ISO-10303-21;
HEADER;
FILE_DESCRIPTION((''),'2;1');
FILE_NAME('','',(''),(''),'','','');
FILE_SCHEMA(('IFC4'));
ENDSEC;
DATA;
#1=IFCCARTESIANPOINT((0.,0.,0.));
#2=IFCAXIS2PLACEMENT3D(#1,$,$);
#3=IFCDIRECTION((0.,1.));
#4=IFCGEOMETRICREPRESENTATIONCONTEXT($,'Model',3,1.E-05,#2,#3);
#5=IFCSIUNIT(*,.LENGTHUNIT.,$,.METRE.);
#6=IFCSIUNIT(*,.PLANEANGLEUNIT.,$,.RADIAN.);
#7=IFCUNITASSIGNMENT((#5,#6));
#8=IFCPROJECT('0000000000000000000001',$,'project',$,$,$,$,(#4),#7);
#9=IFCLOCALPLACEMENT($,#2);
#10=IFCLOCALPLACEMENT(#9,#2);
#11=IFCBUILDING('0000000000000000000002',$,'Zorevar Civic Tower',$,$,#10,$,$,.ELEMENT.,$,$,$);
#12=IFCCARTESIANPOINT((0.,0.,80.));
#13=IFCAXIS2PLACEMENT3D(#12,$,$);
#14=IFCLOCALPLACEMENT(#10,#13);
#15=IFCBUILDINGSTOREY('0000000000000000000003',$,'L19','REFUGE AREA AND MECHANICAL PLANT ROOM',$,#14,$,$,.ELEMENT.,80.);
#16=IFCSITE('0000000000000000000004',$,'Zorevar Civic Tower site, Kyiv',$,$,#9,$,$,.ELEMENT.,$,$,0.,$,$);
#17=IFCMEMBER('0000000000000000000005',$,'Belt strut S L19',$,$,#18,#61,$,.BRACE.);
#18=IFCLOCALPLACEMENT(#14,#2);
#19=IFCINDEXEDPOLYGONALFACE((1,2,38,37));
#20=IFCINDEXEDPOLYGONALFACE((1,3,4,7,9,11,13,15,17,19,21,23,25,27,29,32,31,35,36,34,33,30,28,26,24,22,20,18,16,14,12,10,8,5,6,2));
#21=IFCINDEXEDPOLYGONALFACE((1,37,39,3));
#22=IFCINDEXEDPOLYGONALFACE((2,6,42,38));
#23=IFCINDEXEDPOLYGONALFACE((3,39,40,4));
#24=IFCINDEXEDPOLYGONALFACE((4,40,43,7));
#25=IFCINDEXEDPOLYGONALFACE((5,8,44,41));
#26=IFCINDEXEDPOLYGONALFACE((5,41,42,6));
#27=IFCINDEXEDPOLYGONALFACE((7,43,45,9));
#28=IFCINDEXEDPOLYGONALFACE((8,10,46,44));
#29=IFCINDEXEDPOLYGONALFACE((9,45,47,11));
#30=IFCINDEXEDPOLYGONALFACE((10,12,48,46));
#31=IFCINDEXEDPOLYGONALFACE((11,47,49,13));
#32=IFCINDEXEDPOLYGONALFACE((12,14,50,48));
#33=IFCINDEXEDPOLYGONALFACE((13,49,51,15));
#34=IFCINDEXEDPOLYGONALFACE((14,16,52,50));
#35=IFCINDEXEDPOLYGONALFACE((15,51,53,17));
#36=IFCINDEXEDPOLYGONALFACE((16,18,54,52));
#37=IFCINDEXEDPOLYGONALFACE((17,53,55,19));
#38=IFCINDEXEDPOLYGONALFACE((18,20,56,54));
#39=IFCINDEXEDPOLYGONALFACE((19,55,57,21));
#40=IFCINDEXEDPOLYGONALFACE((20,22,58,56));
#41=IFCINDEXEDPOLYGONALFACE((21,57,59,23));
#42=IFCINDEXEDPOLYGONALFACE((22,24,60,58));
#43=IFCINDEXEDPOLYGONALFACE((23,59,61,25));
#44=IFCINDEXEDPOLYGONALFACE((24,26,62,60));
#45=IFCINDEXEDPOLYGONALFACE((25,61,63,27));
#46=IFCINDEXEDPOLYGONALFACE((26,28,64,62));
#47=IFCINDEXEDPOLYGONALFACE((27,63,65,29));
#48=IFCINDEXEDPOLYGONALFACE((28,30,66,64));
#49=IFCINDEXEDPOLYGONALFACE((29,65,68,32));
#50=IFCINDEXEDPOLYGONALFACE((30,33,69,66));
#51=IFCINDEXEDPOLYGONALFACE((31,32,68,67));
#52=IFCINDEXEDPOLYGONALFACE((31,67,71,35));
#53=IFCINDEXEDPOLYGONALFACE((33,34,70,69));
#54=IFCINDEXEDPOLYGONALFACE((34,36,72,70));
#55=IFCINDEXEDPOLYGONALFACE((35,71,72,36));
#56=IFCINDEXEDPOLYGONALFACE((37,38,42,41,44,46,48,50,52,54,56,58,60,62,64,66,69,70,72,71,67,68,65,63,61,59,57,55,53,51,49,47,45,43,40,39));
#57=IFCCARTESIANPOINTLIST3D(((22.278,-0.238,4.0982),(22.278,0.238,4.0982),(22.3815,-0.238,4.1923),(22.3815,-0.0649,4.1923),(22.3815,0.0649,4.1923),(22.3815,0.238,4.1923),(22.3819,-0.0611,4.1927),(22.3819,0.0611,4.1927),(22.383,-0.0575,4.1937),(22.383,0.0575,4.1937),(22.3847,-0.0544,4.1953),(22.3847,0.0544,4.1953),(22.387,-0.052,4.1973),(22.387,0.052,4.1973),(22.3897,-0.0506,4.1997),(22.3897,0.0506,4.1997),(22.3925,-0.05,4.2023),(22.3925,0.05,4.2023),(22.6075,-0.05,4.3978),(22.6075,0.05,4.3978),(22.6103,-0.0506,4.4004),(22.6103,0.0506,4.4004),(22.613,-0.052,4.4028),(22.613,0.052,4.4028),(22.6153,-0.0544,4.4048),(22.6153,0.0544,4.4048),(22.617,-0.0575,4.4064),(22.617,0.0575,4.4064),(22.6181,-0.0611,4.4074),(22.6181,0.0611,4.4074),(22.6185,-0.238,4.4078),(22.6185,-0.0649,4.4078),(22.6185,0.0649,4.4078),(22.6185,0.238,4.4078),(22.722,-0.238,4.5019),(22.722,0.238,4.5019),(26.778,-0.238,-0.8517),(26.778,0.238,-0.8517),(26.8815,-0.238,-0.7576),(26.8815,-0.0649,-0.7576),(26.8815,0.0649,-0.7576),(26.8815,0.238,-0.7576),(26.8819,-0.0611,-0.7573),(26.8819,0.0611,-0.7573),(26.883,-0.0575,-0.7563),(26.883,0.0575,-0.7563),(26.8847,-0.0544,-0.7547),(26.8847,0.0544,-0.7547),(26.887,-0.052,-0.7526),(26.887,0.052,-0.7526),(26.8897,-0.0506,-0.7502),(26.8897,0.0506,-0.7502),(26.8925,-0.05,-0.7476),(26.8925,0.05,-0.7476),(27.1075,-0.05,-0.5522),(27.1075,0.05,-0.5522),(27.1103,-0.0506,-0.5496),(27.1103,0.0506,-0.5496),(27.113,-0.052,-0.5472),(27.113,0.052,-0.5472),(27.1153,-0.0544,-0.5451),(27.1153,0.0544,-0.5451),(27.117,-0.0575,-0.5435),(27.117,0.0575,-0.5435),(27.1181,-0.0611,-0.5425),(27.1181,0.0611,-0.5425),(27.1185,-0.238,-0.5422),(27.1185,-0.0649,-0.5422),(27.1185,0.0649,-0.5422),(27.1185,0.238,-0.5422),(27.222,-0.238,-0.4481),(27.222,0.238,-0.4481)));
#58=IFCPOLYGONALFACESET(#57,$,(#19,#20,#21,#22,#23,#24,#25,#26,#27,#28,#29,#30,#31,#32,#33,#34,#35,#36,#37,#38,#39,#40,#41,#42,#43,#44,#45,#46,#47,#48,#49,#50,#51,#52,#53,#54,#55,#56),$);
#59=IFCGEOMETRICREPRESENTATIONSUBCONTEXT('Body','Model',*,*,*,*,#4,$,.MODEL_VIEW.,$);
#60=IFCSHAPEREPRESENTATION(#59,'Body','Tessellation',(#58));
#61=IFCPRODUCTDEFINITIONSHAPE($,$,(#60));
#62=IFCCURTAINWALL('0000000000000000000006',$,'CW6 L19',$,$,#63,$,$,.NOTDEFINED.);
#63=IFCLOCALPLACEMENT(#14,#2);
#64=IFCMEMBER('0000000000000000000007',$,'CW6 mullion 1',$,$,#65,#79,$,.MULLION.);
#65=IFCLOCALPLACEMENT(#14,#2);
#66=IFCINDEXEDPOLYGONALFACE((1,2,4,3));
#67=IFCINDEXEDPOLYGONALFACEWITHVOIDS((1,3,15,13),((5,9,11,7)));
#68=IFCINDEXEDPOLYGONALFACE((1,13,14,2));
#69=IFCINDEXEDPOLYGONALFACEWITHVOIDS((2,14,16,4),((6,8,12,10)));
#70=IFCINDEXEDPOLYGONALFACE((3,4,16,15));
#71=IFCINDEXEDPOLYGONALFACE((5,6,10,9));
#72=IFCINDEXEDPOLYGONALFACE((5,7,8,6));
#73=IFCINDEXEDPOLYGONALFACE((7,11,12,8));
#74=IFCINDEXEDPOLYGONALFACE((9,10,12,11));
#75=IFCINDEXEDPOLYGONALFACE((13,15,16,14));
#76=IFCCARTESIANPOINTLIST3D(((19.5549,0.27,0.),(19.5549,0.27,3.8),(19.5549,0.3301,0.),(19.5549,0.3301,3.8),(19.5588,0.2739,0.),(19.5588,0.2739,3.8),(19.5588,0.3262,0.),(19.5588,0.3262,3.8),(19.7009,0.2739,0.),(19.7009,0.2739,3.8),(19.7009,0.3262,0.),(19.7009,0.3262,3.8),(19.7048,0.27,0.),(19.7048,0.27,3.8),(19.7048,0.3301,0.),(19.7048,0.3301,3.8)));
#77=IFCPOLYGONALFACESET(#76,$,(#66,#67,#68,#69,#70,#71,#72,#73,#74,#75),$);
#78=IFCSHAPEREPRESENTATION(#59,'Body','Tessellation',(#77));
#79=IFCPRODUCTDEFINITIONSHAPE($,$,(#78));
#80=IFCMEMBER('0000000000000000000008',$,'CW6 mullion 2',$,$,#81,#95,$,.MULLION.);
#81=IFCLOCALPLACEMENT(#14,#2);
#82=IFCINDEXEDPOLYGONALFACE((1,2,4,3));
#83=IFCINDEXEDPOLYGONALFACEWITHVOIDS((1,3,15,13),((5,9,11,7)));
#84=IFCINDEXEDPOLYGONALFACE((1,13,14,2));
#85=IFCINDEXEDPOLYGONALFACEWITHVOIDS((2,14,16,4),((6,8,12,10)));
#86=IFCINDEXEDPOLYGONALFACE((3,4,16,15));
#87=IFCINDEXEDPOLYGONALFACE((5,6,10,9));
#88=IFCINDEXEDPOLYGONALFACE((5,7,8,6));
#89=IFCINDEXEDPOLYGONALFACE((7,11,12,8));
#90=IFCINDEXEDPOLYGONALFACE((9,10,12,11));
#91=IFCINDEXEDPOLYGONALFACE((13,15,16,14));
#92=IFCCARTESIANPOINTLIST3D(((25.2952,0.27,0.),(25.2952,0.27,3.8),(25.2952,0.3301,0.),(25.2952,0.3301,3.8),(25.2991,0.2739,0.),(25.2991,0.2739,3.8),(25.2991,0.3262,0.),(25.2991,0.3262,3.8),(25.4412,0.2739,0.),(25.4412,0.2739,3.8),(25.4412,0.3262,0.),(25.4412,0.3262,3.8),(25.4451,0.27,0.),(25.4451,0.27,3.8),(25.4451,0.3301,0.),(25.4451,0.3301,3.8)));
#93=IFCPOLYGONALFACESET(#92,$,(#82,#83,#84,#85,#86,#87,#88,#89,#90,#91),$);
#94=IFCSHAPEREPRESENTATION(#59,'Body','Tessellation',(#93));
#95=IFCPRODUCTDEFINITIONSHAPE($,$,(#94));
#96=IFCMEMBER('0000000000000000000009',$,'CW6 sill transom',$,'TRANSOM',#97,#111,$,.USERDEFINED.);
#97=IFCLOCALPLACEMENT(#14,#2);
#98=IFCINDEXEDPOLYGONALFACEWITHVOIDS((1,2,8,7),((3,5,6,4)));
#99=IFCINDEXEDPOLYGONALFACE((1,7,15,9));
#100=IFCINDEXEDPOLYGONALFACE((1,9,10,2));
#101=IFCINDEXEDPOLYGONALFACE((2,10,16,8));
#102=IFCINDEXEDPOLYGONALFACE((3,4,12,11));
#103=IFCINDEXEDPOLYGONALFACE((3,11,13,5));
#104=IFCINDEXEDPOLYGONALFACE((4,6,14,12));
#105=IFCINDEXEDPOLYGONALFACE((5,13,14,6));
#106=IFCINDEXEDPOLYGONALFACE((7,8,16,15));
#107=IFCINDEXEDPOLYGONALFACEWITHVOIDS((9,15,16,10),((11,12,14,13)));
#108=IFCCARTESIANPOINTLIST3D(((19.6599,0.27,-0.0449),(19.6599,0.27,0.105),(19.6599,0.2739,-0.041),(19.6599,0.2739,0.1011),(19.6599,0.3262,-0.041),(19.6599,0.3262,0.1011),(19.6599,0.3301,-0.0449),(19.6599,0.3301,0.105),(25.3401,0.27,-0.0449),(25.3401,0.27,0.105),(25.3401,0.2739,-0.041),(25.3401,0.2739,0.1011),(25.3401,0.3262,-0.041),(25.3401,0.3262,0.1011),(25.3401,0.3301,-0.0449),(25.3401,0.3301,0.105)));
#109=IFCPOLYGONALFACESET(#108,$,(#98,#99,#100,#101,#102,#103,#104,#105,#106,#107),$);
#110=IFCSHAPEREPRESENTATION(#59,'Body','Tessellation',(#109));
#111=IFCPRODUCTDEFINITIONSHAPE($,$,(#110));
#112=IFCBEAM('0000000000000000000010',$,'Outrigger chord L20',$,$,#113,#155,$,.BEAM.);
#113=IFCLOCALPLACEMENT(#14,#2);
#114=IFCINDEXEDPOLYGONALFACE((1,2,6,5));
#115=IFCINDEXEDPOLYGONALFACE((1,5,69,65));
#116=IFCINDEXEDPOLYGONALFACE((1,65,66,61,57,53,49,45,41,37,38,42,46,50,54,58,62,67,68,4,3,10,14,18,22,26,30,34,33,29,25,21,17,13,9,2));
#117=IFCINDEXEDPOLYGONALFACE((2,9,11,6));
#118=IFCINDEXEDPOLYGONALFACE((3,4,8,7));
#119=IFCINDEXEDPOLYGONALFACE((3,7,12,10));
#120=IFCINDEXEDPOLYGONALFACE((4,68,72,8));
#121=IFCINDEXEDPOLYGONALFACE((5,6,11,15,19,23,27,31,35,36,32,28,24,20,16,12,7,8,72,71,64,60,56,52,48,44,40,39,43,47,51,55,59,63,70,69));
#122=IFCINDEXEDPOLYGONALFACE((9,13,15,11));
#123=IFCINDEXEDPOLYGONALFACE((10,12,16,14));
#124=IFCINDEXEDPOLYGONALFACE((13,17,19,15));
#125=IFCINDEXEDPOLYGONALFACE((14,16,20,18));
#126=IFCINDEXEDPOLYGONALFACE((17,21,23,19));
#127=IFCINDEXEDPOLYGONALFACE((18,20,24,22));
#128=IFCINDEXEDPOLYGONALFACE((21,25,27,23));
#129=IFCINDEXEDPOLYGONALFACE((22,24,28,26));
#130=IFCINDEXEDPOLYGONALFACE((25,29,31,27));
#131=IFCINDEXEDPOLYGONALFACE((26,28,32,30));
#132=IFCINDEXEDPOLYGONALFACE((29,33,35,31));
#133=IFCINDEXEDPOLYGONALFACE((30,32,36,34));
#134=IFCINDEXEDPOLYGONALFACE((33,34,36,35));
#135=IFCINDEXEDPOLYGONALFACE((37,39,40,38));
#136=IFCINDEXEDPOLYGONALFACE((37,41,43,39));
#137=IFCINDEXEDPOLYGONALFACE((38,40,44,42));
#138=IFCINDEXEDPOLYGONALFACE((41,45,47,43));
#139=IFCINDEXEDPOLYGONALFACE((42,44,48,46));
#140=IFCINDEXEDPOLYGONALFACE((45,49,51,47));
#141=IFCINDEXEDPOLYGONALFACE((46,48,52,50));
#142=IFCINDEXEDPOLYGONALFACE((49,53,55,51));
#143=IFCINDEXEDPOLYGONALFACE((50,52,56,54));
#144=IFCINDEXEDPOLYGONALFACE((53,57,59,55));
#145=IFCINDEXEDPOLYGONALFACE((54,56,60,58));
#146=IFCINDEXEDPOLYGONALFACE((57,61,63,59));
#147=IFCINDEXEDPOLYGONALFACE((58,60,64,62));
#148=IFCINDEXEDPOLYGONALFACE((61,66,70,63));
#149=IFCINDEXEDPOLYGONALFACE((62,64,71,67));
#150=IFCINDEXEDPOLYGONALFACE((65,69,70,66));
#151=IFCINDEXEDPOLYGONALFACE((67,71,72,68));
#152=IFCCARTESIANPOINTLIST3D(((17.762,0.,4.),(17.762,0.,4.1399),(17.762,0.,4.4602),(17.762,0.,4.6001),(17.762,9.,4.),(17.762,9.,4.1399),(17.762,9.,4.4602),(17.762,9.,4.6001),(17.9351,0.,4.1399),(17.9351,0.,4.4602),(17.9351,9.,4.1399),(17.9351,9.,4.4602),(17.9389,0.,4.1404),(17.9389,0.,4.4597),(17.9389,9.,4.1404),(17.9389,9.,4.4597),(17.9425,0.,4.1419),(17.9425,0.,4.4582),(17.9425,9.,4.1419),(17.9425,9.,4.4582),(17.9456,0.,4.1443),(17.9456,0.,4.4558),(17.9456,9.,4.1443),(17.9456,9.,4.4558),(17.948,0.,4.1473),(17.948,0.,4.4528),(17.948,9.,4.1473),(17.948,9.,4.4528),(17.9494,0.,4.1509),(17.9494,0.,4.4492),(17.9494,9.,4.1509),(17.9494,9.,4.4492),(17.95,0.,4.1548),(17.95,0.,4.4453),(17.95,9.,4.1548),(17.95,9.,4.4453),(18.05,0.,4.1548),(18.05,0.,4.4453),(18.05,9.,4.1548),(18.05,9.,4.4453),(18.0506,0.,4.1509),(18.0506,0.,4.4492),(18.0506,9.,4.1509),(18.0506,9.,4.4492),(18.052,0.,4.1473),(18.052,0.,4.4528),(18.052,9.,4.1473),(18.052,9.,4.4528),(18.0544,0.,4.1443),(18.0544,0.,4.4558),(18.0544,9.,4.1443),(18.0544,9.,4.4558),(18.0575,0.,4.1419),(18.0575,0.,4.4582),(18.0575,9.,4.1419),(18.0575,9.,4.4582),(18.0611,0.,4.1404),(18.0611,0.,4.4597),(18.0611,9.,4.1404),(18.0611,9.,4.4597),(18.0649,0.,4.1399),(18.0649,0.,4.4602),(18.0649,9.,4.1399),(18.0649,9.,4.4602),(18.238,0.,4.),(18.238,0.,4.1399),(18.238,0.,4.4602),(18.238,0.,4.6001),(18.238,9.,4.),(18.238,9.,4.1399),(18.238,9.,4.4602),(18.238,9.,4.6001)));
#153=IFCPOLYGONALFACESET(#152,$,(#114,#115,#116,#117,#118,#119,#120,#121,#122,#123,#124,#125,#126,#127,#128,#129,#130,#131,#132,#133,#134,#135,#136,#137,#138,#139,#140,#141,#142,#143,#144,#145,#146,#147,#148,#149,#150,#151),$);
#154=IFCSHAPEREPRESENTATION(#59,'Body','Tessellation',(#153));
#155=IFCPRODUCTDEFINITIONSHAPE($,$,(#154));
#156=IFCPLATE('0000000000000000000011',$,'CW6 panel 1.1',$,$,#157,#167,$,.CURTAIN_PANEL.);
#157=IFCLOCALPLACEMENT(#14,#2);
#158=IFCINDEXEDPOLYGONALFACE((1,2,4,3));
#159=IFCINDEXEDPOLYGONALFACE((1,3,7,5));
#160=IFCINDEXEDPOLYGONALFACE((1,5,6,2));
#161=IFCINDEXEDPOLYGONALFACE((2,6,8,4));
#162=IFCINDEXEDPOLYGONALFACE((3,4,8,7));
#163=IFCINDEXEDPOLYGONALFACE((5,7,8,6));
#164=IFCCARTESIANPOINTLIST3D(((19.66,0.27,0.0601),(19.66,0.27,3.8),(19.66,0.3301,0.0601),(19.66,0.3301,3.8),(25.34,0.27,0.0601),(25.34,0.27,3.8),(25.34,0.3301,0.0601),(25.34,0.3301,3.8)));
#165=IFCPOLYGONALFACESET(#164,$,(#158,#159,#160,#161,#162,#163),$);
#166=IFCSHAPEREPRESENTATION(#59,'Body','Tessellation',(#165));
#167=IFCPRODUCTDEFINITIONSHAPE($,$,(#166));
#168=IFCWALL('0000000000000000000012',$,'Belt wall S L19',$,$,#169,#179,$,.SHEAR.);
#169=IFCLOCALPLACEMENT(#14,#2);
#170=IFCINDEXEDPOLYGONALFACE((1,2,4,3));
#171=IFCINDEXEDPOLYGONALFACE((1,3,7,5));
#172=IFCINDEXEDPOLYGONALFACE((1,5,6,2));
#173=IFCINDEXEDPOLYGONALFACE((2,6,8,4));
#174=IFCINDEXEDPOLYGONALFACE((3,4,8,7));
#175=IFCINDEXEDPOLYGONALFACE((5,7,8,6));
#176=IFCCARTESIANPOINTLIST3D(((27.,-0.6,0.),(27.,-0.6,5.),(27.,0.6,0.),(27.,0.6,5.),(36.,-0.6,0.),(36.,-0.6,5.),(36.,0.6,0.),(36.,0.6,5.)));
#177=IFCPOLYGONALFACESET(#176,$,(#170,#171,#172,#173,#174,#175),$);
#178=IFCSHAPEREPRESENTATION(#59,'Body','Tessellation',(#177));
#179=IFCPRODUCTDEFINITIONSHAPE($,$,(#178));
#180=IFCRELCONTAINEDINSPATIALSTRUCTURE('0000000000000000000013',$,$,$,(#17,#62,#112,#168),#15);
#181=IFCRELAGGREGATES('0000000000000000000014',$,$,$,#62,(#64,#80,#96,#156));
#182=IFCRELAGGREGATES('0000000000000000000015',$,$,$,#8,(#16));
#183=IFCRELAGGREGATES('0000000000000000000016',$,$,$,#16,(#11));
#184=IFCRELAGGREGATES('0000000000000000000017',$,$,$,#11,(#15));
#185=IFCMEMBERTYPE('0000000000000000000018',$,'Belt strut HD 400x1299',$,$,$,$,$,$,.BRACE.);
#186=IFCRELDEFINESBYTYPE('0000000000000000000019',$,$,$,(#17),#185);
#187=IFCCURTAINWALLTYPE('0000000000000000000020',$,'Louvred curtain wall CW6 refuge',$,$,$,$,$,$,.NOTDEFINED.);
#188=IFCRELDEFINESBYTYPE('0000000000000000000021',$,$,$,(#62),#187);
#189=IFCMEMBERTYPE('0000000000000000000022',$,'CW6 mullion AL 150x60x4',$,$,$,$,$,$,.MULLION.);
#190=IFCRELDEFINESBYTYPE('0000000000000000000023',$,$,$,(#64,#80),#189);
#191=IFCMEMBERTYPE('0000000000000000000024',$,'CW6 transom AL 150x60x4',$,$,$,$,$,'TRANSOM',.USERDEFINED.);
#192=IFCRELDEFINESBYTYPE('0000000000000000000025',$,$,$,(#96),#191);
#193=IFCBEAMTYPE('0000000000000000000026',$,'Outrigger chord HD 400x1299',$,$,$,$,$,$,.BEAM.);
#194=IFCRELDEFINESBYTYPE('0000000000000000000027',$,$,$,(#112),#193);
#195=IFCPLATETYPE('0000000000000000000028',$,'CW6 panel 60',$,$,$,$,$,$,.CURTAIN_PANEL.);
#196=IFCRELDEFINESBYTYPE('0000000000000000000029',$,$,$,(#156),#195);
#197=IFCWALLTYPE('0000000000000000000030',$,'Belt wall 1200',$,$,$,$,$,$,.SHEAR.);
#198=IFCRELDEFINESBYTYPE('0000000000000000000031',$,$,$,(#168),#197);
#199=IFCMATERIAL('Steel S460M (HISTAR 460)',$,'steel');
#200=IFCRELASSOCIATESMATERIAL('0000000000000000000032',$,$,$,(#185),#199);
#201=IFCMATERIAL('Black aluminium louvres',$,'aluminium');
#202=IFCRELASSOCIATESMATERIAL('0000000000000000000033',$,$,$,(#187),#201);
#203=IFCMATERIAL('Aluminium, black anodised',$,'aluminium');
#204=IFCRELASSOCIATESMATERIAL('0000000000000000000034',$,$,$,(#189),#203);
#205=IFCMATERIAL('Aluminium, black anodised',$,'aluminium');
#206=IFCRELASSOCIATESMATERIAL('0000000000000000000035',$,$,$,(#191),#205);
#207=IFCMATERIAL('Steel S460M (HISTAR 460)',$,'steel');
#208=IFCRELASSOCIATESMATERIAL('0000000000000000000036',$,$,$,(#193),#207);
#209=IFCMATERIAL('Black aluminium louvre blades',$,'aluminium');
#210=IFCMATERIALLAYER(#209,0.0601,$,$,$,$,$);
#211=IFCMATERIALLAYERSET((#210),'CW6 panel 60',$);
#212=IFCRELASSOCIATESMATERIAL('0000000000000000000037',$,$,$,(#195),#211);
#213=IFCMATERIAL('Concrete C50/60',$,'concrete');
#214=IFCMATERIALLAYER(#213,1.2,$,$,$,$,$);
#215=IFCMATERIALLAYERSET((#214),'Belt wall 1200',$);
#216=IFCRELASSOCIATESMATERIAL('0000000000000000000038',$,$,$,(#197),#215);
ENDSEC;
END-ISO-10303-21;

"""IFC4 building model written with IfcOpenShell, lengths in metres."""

from ifc_helpers import new_model, si_unit, direction, frame, frame_2d, origin, origin_2d, place, context, subcontext, project, spatial, rectangle, hollow_rectangle, i_section, extrude, material, layer, layer_set, material_profile, profile_set, type_object, element, aggregate, save


model = new_model("IFC4")

# Units and contexts
model_context = context("Model", 3, precision=1e-05, world=origin(), true_north=direction((0.0, 1.0)))
body_context = subcontext(model_context, "Body", "Model", "MODEL_VIEW")
ifc_project = project(units=[si_unit("LENGTHUNIT", "METRE"), si_unit("PLANEANGLEUNIT", "RADIAN")], contexts=[model_context])

# Site, building, storey
site_placement = place(None, origin())
site = spatial("IfcSite", under=ifc_project, at=site_placement, Name="Zorevar Civic Tower site, Kyiv", CompositionType="ELEMENT", RefElevation=0.0)
building_placement = place(site_placement, origin())
building = spatial("IfcBuilding", under=site, at=building_placement, Name="Zorevar Civic Tower", CompositionType="ELEMENT")
storey_placement = place(building_placement, frame((0.0, 0.0, 80.0)))
storey = spatial("IfcBuildingStorey", under=building, at=storey_placement, Name="L19", Description="REFUGE AREA AND MECHANICAL PLANT ROOM", CompositionType="ELEMENT", Elevation=80.0)

# Member
ifc_material_1 = material(Name="Steel S460M (HISTAR 460)", Category="steel")
ifc_material_profile_1 = material_profile(ifc_material_1, i_section(OverallWidth=0.4761, OverallDepth=0.6001, WebThickness=0.1001, FlangeThickness=0.1399, FilletRadius=0.0149, at=origin_2d()), Name="HD 400x1299")
ifc_profile_set_1 = profile_set([ifc_material_profile_1], Name="Steel S460M (HISTAR 460)")
member_type_1 = type_object("IfcMemberType", Name="Belt strut HD 400x1299", PredefinedType="BRACE", material=ifc_profile_set_1)
for number, where, z_axis, x_axis, name in (
    (1, (27.0, 0.0, -0.6499), (-0.672676, 0.0, 0.739937), (0.0, -1.0, 0.0), "Belt strut S L19"),
):
    element("IfcMember", number, at=place(storey_placement, frame(where, z_axis=z_axis, x_axis=x_axis)), inside=storey, type_object=member_type_1, Name=name, PredefinedType="BRACE", context=body_context, shape_type="SweptSolid", body=[
        extrude(i_section(OverallWidth=0.4761, OverallDepth=0.6001, WebThickness=0.1001, FlangeThickness=0.1399, FilletRadius=0.0149, at=origin_2d()), origin(), (0.0, 0.0, 1.0), 6.6897),
    ])

# Curtain wall, members
ifc_material_2 = material(Name="Black aluminium louvres", Category="aluminium")
curtain_wall_type = type_object("IfcCurtainWallType", Name="Louvred curtain wall CW6 refuge", PredefinedType="NOTDEFINED", material=ifc_material_2)
curtain_wall_placement = place(storey_placement, origin())
curtain_wall = element("IfcCurtainWall", 2, at=curtain_wall_placement, inside=storey, type_object=curtain_wall_type, Name="CW6 L19", PredefinedType="NOTDEFINED")
ifc_material_3 = material(Name="Aluminium, black anodised", Category="aluminium")
ifc_material_profile_2 = material_profile(ifc_material_3, hollow_rectangle(XDim=0.0601, YDim=0.1499, WallThickness=0.0039, at=origin_2d()), Name="AL 150x60x4")
ifc_profile_set_2 = profile_set([ifc_material_profile_2], Name="Aluminium, black anodised")
member_type_2 = type_object("IfcMemberType", Name="CW6 mullion AL 150x60x4", PredefinedType="MULLION", material=ifc_profile_set_2)
member_1_placement = place(storey_placement, frame((19.6299, 0.3, 0.0), z_axis=(0.0, 0.0, 1.0), x_axis=(0.0, 1.0, 0.0)))
member_1 = element("IfcMember", 3, at=member_1_placement, type_object=member_type_2, Name="CW6 mullion 1", PredefinedType="MULLION", context=body_context, shape_type="SweptSolid", body=[
    extrude(hollow_rectangle(XDim=0.0601, YDim=0.1499, WallThickness=0.0039, at=origin_2d()), origin(), (0.0, 0.0, 1.0), 3.8),
])
member_2_placement = place(storey_placement, frame((25.3701, 0.3, 0.0), z_axis=(0.0, 0.0, 1.0), x_axis=(0.0, 1.0, 0.0)))
member_2 = element("IfcMember", 4, at=member_2_placement, type_object=member_type_2, Name="CW6 mullion 2", PredefinedType="MULLION", context=body_context, shape_type="SweptSolid", body=[
    extrude(hollow_rectangle(XDim=0.0601, YDim=0.1499, WallThickness=0.0039, at=origin_2d()), origin(), (0.0, 0.0, 1.0), 3.8),
])
ifc_material_4 = material(Name="Aluminium, black anodised", Category="aluminium")
ifc_material_profile_3 = material_profile(ifc_material_4, hollow_rectangle(XDim=0.0601, YDim=0.1499, WallThickness=0.0039, at=origin_2d()), Name="AL 150x60x4")
ifc_profile_set_3 = profile_set([ifc_material_profile_3], Name="Aluminium, black anodised")
member_type_3 = type_object("IfcMemberType", Name="CW6 transom AL 150x60x4", ElementType="TRANSOM", PredefinedType="USERDEFINED", material=ifc_profile_set_3)
member_3_placement = place(storey_placement, frame((19.6599, 0.3, 0.03), z_axis=(1.0, 0.0, 0.0), x_axis=(0.0, 1.0, 0.0)))
member_3 = element("IfcMember", 5, at=member_3_placement, type_object=member_type_3, Name="CW6 sill transom", ObjectType="TRANSOM", PredefinedType="USERDEFINED", context=body_context, shape_type="SweptSolid", body=[
    extrude(hollow_rectangle(XDim=0.0601, YDim=0.1499, WallThickness=0.0039, at=origin_2d()), origin(), (0.0, 0.0, 1.0), 5.6802),
])

# Beam
ifc_material_5 = material(Name="Steel S460M (HISTAR 460)", Category="steel")
ifc_material_profile_4 = material_profile(ifc_material_5, i_section(OverallWidth=0.4761, OverallDepth=0.6001, WebThickness=0.1001, FlangeThickness=0.1399, FilletRadius=0.0149, at=origin_2d()), Name="HD 400x1299")
ifc_profile_set_4 = profile_set([ifc_material_profile_4], Name="Steel S460M (HISTAR 460)")
beam_type_1 = type_object("IfcBeamType", Name="Outrigger chord HD 400x1299", PredefinedType="BEAM", material=ifc_profile_set_4)
beam_1_placement = place(storey_placement, frame((18.0, 0.0, 4.3), z_axis=(0.0, 1.0, 0.0), x_axis=(-1.0, 0.0, 0.0)))
element("IfcBeam", 6, at=beam_1_placement, inside=storey, type_object=beam_type_1, Name="Outrigger chord L20", PredefinedType="BEAM", context=body_context, shape_type="SweptSolid", body=[
    extrude(i_section(OverallWidth=0.4761, OverallDepth=0.6001, WebThickness=0.1001, FlangeThickness=0.1399, FilletRadius=0.0149, at=origin_2d()), origin(), (0.0, 0.0, 1.0), 9.0),
])

# Plate
ifc_material_6 = material(Name="Black aluminium louvre blades", Category="aluminium")
ifc_layer_1 = layer(ifc_material_6, 0.0601)
ifc_layer_set_1 = layer_set([ifc_layer_1], Name="CW6 panel 60")
plate_type = type_object("IfcPlateType", Name="CW6 panel 60", PredefinedType="CURTAIN_PANEL", material=ifc_layer_set_1)
plate_placement = place(storey_placement, frame((22.5, 0.3, 0.0601), z_axis=(0.0, 0.0, 1.0), x_axis=(1.0, 0.0, 0.0)))
plate = element("IfcPlate", 7, at=plate_placement, type_object=plate_type, Name="CW6 panel 1.1", PredefinedType="CURTAIN_PANEL", context=body_context, shape_type="SweptSolid", body=[
    extrude(rectangle(XDim=5.6799, YDim=0.0601, at=origin_2d()), origin(), (0.0, 0.0, 1.0), 3.74),
])
aggregate(curtain_wall, [member_1, member_2, member_3, plate])

# Wall
ifc_material_7 = material(Name="Concrete C50/60", Category="concrete")
ifc_layer_2 = layer(ifc_material_7, 1.2)
ifc_layer_set_2 = layer_set([ifc_layer_2], Name="Belt wall 1200")
wall_type_1 = type_object("IfcWallType", Name="Belt wall 1200", PredefinedType="SHEAR", material=ifc_layer_set_2)
wall_1_placement = place(storey_placement, frame((27.0, 0.0, 0.0), z_axis=(0.0, 0.0, 1.0), x_axis=(1.0, 0.0, 0.0)))
element("IfcWall", 8, at=wall_1_placement, inside=storey, type_object=wall_type_1, Name="Belt wall S L19", PredefinedType="SHEAR", context=body_context, shape_type="SweptSolid", body=[
    extrude(rectangle(XDim=9.0, YDim=1.2, at=frame_2d((4.5, 0.0))), origin(), (0.0, 0.0, 1.0), 5.0),
])

save(model, "model.ifc")
